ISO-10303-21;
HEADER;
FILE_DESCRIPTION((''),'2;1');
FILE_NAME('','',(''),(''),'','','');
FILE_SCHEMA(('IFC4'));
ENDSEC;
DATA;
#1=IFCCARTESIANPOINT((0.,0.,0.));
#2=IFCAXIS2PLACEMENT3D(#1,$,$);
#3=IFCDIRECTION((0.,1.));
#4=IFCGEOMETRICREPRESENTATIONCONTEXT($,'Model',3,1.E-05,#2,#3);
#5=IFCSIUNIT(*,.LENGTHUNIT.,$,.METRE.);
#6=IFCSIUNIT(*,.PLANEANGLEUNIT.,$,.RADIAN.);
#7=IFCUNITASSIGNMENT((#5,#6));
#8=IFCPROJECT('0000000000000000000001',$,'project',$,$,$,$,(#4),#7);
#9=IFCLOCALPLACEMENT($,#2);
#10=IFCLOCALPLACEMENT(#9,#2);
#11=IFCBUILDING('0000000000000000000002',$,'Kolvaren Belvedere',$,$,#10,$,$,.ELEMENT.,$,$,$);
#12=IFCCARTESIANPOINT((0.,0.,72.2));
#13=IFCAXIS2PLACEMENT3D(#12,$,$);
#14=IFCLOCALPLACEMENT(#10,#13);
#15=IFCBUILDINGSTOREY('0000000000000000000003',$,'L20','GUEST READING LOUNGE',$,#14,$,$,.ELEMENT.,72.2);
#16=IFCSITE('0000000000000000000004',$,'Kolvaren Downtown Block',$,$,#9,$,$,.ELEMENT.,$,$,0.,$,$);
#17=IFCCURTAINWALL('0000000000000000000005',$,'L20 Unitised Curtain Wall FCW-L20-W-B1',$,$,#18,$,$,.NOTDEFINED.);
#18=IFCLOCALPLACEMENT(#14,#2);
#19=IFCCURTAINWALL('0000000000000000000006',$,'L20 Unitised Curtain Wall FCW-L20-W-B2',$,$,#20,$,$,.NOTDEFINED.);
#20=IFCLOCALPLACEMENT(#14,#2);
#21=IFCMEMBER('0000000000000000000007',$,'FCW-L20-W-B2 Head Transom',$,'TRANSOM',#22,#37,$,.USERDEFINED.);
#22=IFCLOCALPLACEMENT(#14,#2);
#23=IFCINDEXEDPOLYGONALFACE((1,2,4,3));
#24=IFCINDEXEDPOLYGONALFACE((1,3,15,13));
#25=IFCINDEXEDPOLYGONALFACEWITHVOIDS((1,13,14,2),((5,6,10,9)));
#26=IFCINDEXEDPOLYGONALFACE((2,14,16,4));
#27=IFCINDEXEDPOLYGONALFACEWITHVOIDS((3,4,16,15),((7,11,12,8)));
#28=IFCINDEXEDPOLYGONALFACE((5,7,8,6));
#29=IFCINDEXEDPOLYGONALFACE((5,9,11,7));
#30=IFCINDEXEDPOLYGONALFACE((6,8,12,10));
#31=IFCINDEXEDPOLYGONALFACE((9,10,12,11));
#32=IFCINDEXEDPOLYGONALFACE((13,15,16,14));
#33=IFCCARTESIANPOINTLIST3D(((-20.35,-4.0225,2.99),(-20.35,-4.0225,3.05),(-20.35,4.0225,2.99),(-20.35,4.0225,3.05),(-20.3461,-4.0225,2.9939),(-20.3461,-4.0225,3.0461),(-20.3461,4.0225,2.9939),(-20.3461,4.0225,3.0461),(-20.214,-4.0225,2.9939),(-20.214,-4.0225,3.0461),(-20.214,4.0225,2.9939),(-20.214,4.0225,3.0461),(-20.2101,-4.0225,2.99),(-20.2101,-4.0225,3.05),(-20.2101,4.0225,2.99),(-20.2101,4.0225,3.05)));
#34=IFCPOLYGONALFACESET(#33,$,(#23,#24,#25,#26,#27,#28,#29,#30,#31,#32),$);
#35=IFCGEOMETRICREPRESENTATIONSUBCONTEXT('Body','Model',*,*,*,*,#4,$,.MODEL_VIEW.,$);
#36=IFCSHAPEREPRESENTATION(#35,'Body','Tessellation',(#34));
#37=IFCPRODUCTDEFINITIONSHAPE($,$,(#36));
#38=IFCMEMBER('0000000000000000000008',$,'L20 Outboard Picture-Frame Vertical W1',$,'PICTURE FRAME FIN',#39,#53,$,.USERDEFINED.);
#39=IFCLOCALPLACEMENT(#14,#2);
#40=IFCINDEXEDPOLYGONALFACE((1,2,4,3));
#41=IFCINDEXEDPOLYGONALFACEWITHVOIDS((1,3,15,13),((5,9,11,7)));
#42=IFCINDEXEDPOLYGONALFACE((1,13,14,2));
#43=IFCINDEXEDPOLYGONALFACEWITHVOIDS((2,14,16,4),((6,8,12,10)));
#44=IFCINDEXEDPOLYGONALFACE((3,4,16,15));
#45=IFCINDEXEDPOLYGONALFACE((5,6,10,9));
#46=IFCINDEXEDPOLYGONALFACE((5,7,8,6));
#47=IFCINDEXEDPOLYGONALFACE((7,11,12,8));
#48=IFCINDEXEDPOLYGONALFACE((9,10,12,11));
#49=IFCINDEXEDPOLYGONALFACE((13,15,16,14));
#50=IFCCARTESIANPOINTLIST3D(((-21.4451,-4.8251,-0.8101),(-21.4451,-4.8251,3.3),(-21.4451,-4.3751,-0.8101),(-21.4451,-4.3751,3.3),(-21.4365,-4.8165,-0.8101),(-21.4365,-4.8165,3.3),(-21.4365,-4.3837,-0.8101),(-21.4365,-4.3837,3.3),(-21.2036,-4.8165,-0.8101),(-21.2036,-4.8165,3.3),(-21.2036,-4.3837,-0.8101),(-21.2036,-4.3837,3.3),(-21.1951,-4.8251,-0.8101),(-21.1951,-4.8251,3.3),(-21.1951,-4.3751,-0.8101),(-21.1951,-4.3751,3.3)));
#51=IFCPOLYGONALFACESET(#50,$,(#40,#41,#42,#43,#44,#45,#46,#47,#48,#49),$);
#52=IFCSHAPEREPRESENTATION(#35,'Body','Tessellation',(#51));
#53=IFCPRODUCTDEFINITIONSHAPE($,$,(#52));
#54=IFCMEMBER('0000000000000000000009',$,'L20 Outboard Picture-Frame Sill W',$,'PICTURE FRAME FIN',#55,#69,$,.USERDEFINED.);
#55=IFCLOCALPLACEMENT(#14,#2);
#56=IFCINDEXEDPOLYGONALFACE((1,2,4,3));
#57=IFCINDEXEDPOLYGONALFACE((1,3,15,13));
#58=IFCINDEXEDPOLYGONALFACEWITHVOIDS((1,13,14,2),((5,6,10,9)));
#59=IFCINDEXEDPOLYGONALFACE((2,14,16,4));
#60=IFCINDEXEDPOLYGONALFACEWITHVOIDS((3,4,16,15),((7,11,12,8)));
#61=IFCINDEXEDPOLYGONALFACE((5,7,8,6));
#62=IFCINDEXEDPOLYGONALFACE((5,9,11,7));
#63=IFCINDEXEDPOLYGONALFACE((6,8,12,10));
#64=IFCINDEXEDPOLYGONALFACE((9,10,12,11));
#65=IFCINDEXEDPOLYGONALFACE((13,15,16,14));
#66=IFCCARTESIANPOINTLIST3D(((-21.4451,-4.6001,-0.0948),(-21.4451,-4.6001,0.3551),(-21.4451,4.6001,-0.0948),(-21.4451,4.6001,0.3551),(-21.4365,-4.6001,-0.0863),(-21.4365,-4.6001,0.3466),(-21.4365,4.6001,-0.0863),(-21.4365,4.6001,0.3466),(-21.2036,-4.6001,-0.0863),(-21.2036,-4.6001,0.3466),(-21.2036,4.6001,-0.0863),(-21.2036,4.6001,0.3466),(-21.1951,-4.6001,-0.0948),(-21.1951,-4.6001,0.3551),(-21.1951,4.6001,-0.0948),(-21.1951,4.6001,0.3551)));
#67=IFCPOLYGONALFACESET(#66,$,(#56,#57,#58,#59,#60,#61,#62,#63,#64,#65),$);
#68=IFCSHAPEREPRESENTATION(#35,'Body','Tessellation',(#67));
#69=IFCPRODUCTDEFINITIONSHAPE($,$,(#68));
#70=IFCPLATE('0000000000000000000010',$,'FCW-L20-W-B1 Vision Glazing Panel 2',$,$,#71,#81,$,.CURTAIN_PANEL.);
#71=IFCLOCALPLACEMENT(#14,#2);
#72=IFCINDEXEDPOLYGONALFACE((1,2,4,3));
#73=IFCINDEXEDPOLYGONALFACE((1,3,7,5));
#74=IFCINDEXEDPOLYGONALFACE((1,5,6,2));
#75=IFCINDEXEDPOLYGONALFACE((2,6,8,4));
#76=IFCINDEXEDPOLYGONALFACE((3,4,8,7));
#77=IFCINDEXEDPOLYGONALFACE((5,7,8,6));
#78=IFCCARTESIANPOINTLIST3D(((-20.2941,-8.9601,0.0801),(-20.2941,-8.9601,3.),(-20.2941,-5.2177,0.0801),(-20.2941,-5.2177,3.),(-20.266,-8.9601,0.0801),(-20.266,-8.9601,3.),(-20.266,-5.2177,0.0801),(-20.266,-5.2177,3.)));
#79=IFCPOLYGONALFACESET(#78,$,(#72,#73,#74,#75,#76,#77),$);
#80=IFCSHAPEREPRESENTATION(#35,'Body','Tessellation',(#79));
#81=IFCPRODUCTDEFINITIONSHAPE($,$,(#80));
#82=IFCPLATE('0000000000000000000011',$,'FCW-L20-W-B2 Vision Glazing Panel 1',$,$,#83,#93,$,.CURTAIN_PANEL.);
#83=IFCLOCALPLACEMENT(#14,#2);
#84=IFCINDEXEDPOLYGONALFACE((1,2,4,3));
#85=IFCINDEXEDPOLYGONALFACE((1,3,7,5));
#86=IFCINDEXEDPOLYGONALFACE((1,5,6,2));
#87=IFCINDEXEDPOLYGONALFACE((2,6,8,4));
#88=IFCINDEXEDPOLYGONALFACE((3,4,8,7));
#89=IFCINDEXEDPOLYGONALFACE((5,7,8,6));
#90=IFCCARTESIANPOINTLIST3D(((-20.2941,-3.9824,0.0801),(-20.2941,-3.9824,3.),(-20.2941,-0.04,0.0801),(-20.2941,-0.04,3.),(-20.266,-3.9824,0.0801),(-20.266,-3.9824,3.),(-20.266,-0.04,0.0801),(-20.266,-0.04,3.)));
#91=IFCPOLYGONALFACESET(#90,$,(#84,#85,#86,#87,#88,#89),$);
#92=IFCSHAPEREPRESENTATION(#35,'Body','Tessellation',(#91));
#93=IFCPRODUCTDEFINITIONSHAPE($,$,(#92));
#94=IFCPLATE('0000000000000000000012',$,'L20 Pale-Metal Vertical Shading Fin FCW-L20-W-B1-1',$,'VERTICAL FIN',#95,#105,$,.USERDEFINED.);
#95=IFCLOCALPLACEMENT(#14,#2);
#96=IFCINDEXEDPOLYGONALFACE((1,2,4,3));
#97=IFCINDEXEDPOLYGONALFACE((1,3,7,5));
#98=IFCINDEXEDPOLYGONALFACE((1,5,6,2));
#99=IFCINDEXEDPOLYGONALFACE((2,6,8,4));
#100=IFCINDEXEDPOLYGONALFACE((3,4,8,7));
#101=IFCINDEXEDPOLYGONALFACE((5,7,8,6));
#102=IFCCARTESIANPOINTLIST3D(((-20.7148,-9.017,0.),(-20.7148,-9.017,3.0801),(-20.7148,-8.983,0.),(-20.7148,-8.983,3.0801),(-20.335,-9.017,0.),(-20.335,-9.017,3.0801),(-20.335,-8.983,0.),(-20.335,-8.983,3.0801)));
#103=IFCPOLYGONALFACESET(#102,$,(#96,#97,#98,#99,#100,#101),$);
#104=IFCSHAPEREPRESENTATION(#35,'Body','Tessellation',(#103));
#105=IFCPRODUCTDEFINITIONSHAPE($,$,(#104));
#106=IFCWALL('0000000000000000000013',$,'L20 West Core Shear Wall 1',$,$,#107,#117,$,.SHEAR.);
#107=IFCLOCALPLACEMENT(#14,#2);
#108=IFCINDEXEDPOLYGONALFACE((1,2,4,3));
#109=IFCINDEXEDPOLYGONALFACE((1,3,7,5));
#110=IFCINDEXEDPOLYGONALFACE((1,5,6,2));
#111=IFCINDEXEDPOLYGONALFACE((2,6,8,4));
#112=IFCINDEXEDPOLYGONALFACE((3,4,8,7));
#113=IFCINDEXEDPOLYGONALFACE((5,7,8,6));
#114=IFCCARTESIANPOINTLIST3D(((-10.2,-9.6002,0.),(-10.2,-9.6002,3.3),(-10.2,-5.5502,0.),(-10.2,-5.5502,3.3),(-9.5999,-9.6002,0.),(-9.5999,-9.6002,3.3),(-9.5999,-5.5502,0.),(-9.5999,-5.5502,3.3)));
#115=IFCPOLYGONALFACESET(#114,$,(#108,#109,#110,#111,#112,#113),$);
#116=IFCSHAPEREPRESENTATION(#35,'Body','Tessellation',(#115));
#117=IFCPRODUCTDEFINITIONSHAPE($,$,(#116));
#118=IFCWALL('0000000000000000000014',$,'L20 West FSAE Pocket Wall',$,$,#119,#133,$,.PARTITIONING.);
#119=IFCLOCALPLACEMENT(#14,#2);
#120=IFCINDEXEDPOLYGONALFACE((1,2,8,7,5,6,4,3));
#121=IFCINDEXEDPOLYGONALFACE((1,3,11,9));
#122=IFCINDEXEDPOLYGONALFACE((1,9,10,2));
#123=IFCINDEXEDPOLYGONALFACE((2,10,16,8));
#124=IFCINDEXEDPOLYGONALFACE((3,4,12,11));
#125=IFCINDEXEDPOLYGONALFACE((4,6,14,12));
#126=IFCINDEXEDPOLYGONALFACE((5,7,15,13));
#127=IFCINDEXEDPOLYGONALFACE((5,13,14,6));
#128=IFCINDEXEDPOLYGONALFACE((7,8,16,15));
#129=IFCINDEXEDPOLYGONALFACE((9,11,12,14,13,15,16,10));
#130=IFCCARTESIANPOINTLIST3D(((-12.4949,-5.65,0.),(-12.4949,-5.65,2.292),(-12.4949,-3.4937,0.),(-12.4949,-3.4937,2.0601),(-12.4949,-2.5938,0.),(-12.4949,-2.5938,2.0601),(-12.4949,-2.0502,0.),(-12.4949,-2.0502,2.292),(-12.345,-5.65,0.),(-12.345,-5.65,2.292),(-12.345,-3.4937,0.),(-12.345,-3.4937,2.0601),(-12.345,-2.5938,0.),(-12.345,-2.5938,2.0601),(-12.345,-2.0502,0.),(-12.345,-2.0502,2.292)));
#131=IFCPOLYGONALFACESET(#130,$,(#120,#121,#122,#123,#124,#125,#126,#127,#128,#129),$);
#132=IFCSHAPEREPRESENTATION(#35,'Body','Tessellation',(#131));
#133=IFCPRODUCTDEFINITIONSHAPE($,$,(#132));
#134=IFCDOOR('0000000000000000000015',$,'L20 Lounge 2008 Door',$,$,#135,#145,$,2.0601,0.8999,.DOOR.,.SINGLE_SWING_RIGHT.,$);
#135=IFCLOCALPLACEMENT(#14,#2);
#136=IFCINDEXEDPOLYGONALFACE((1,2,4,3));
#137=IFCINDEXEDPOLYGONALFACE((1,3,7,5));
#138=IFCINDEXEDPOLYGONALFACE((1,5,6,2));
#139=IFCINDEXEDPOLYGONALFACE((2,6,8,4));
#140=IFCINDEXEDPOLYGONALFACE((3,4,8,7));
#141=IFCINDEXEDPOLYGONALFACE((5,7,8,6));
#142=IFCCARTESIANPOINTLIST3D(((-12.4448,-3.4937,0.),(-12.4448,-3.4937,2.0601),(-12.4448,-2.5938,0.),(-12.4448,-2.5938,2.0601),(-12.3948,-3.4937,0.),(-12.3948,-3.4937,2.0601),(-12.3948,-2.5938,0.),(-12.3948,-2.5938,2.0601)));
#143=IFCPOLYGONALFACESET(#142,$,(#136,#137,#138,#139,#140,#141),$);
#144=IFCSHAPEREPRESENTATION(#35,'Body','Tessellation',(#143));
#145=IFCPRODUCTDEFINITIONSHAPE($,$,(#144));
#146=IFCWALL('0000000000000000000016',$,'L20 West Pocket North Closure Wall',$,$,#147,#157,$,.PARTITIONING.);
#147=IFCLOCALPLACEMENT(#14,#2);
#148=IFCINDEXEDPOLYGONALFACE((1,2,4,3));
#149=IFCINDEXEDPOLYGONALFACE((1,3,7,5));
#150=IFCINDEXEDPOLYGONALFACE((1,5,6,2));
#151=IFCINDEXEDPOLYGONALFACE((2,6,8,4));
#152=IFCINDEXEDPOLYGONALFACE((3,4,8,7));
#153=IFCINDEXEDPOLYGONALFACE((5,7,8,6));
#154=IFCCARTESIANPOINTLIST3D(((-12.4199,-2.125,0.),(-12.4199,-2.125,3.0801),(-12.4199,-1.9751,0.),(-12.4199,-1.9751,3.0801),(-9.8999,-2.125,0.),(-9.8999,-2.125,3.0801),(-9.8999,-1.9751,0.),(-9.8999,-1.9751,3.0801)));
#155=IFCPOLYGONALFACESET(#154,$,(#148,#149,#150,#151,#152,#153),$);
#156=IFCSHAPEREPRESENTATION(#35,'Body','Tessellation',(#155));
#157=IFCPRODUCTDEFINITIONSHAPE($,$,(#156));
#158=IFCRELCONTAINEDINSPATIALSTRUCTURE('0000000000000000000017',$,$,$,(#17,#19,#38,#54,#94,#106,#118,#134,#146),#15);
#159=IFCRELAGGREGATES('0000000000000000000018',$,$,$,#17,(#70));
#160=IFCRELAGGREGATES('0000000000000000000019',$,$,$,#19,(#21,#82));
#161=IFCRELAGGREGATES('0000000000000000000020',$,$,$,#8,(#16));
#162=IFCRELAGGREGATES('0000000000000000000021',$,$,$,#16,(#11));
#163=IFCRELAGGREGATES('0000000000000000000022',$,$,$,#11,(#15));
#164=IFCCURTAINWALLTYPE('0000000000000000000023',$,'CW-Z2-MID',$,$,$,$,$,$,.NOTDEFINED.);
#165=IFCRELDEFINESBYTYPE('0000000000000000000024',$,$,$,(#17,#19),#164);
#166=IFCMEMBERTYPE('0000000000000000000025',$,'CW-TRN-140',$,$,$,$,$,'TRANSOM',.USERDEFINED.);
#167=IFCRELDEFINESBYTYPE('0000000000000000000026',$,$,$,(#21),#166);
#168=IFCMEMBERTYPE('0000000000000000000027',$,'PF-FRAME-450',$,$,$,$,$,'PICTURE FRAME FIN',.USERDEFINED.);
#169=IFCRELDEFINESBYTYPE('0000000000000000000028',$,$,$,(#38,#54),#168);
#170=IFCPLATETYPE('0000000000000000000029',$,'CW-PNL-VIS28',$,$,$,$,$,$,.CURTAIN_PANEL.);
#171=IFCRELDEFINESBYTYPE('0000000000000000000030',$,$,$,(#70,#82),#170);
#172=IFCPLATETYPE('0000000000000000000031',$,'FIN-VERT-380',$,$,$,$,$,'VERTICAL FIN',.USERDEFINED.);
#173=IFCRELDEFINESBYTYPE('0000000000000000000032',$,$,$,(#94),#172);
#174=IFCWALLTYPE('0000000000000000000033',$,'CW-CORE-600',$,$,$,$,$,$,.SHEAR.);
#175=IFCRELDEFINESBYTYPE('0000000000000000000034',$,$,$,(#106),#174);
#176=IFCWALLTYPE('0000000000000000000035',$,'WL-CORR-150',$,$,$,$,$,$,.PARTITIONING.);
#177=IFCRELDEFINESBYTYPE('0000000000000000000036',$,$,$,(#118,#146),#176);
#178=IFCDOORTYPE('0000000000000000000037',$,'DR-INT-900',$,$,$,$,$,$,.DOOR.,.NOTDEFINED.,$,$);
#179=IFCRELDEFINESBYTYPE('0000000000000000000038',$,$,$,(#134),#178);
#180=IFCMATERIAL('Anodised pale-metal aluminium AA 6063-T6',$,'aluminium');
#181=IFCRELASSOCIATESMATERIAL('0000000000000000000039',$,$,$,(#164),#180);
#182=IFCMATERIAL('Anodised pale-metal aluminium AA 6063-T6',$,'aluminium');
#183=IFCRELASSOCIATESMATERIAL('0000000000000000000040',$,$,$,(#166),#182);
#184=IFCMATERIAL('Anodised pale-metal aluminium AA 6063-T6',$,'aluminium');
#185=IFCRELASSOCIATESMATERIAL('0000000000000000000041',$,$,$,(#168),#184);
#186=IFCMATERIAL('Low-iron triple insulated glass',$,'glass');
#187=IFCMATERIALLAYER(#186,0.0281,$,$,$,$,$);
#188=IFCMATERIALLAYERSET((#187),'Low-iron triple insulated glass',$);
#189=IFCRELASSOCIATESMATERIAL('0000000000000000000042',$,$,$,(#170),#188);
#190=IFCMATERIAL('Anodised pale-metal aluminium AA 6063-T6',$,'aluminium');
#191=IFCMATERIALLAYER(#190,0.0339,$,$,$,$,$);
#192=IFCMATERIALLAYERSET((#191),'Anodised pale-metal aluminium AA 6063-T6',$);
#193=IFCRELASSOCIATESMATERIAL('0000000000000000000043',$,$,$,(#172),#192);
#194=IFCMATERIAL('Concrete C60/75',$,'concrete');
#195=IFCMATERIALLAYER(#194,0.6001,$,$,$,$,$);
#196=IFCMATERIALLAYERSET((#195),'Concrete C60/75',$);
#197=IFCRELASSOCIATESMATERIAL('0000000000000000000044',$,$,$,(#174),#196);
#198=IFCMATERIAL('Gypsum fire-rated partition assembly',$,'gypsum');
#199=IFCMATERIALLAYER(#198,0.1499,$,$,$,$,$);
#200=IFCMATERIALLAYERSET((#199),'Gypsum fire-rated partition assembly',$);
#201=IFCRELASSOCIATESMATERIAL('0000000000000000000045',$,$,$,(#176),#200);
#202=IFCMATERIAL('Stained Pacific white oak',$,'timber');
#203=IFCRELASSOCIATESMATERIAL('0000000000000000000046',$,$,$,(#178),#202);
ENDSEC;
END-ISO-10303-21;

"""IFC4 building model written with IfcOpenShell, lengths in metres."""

from ifc_helpers import new_model, si_unit, direction, frame, frame_2d, origin, origin_2d, place, context, subcontext, project, spatial, rectangle, hollow_rectangle, extrude, material, layer, layer_set, material_profile, profile_set, type_object, element, fill, aggregate, save


model = new_model("IFC4")

# Units and contexts
model_context = context("Model", 3, precision=1e-05, world=origin(), true_north=direction((0.0, 1.0)))
body_context = subcontext(model_context, "Body", "Model", "MODEL_VIEW")
ifc_project = project(units=[si_unit("LENGTHUNIT", "METRE"), si_unit("PLANEANGLEUNIT", "RADIAN")], contexts=[model_context])

# Site, building, storey
site_placement = place(None, origin())
site = spatial("IfcSite", under=ifc_project, at=site_placement, Name="Kolvaren Downtown Block", CompositionType="ELEMENT", RefElevation=0.0)
building_placement = place(site_placement, origin())
building = spatial("IfcBuilding", under=site, at=building_placement, Name="Kolvaren Belvedere", CompositionType="ELEMENT")
storey_placement = place(building_placement, frame((0.0, 0.0, 72.2)))
storey = spatial("IfcBuildingStorey", under=building, at=storey_placement, Name="L20", Description="GUEST READING LOUNGE", CompositionType="ELEMENT", Elevation=72.2)

# Curtain walls, member
ifc_material_1 = material(Name="Anodised pale-metal aluminium AA 6063-T6", Category="aluminium")
curtain_wall_type = type_object("IfcCurtainWallType", Name="CW-Z2-MID", PredefinedType="NOTDEFINED", material=ifc_material_1)
curtain_wall_1_placement = place(storey_placement, origin())
curtain_wall_1 = element("IfcCurtainWall", 1, at=curtain_wall_1_placement, inside=storey, type_object=curtain_wall_type, Name="L20 Unitised Curtain Wall FCW-L20-W-B1", PredefinedType="NOTDEFINED")
curtain_wall_2_placement = place(storey_placement, origin())
curtain_wall_2 = element("IfcCurtainWall", 2, at=curtain_wall_2_placement, inside=storey, type_object=curtain_wall_type, Name="L20 Unitised Curtain Wall FCW-L20-W-B2", PredefinedType="NOTDEFINED")
ifc_material_2 = material(Name="Anodised pale-metal aluminium AA 6063-T6", Category="aluminium")
ifc_material_profile_1 = material_profile(ifc_material_2, hollow_rectangle(XDim=0.0601, YDim=0.1399, WallThickness=0.0039, at=origin_2d()), Name="ALU-TRN-140X60")
ifc_profile_set_1 = profile_set([ifc_material_profile_1], Name="Anodised pale-metal aluminium AA 6063-T6")
member_type_1 = type_object("IfcMemberType", Name="CW-TRN-140", ElementType="TRANSOM", PredefinedType="USERDEFINED", material=ifc_profile_set_1)
member_1_placement = place(storey_placement, frame((-20.28, -4.0225, 3.02), z_axis=(0.0, 1.0, 0.0), x_axis=(0.0, 0.0, 1.0)))
member_1 = element("IfcMember", 3, at=member_1_placement, type_object=member_type_1, Name="FCW-L20-W-B2 Head Transom", ObjectType="TRANSOM", PredefinedType="USERDEFINED", context=body_context, shape_type="SweptSolid", body=[
    extrude(hollow_rectangle(XDim=0.0601, YDim=0.1399, WallThickness=0.0039, at=origin_2d()), origin(), (0.0, 0.0, 1.0), 8.0449),
])

# Members
ifc_material_3 = material(Name="Anodised pale-metal aluminium AA 6063-T6", Category="aluminium")
ifc_material_profile_2 = material_profile(ifc_material_3, hollow_rectangle(XDim=0.25, YDim=0.45, WallThickness=0.0085, at=origin_2d()), Name="ALU-PF-450X250")
ifc_profile_set_2 = profile_set([ifc_material_profile_2], Name="Anodised pale-metal aluminium AA 6063-T6")
member_type_2 = type_object("IfcMemberType", Name="PF-FRAME-450", ElementType="PICTURE FRAME FIN", PredefinedType="USERDEFINED", material=ifc_profile_set_2)
member_2_placement = place(storey_placement, frame((-21.3201, -4.6001, -0.8101), z_axis=(0.0, 0.0, 1.0), x_axis=(1.0, 0.0, 0.0)))
element("IfcMember", 4, at=member_2_placement, inside=storey, type_object=member_type_2, Name="L20 Outboard Picture-Frame Vertical W1", ObjectType="PICTURE FRAME FIN", PredefinedType="USERDEFINED", context=body_context, shape_type="SweptSolid", body=[
    extrude(hollow_rectangle(XDim=0.25, YDim=0.45, WallThickness=0.0085, at=origin_2d()), origin(), (0.0, 0.0, 1.0), 4.1101),
])
member_3_placement = place(storey_placement, frame((-21.3201, -4.6001, 0.1301), z_axis=(0.0, 1.0, 0.0), x_axis=(-1.0, 0.0, 0.0)))
element("IfcMember", 5, at=member_3_placement, inside=storey, type_object=member_type_2, Name="L20 Outboard Picture-Frame Sill W", ObjectType="PICTURE FRAME FIN", PredefinedType="USERDEFINED", context=body_context, shape_type="SweptSolid", body=[
    extrude(hollow_rectangle(XDim=0.25, YDim=0.45, WallThickness=0.0085, at=origin_2d()), origin(), (0.0, 0.0, 1.0), 9.2002),
])

# Plates
ifc_material_4 = material(Name="Low-iron triple insulated glass", Category="glass")
ifc_layer_1 = layer(ifc_material_4, 0.0281)
ifc_layer_set_1 = layer_set([ifc_layer_1], Name="Low-iron triple insulated glass")
plate_type_1 = type_object("IfcPlateType", Name="CW-PNL-VIS28", PredefinedType="CURTAIN_PANEL", material=ifc_layer_set_1)
plate_1_placement = place(storey_placement, frame((-20.28, -7.0889, 0.0801), z_axis=(0.0, 0.0, 1.0), x_axis=(0.0, 1.0, 0.0)))
plate_1 = element("IfcPlate", 6, at=plate_1_placement, type_object=plate_type_1, Name="FCW-L20-W-B1 Vision Glazing Panel 2", PredefinedType="CURTAIN_PANEL", context=body_context, shape_type="SweptSolid", body=[
    extrude(rectangle(XDim=3.7424, YDim=0.0281, at=origin_2d()), origin(), (0.0, 0.0, 1.0), 2.9199),
])
aggregate(curtain_wall_1, [plate_1])
plate_2_placement = place(storey_placement, frame((-20.28, -2.0112, 0.0801), z_axis=(0.0, 0.0, 1.0), x_axis=(0.0, 1.0, 0.0)))
plate_2 = element("IfcPlate", 7, at=plate_2_placement, type_object=plate_type_1, Name="FCW-L20-W-B2 Vision Glazing Panel 1", PredefinedType="CURTAIN_PANEL", context=body_context, shape_type="SweptSolid", body=[
    extrude(rectangle(XDim=3.9424, YDim=0.0281, at=origin_2d()), origin(), (0.0, 0.0, 1.0), 2.9199),
])
aggregate(curtain_wall_2, [member_1, plate_2])
ifc_material_5 = material(Name="Anodised pale-metal aluminium AA 6063-T6", Category="aluminium")
ifc_layer_2 = layer(ifc_material_5, 0.0339)
ifc_layer_set_2 = layer_set([ifc_layer_2], Name="Anodised pale-metal aluminium AA 6063-T6")
plate_type_2 = type_object("IfcPlateType", Name="FIN-VERT-380", ElementType="VERTICAL FIN", PredefinedType="USERDEFINED", material=ifc_layer_set_2)
plate_3_placement = place(storey_placement, frame((-20.5249, -9.0, 0.0), z_axis=(0.0, 0.0, 1.0), x_axis=(1.0, 0.0, 0.0)))
element("IfcPlate", 8, at=plate_3_placement, inside=storey, type_object=plate_type_2, Name="L20 Pale-Metal Vertical Shading Fin FCW-L20-W-B1-1", ObjectType="VERTICAL FIN", PredefinedType="USERDEFINED", context=body_context, shape_type="SweptSolid", body=[
    extrude(rectangle(XDim=0.3799, YDim=0.0339, at=origin_2d()), origin(), (0.0, 0.0, 1.0), 3.0801),
])

# Wall
ifc_material_6 = material(Name="Concrete C60/75", Category="concrete")
ifc_layer_3 = layer(ifc_material_6, 0.6001)
ifc_layer_set_3 = layer_set([ifc_layer_3], Name="Concrete C60/75")
wall_type_1 = type_object("IfcWallType", Name="CW-CORE-600", PredefinedType="SHEAR", material=ifc_layer_set_3)
wall_1_placement = place(storey_placement, frame((-9.8999, -9.6001, 0.0), z_axis=(0.0, 0.0, 1.0), x_axis=(0.0, 1.0, 0.0)))
element("IfcWall", 9, at=wall_1_placement, inside=storey, type_object=wall_type_1, Name="L20 West Core Shear Wall 1", PredefinedType="SHEAR", context=body_context, shape_type="SweptSolid", body=[
    extrude(rectangle(XDim=4.05, YDim=0.6001, at=frame_2d((2.0249, 0.0))), origin(), (0.0, 0.0, 1.0), 3.3),
])

# Wall, opening, door
ifc_material_7 = material(Name="Gypsum fire-rated partition assembly", Category="gypsum")
ifc_layer_4 = layer(ifc_material_7, 0.1499)
ifc_layer_set_4 = layer_set([ifc_layer_4], Name="Gypsum fire-rated partition assembly")
wall_type_2 = type_object("IfcWallType", Name="WL-CORR-150", PredefinedType="PARTITIONING", material=ifc_layer_set_4)
wall_2_placement = place(storey_placement, frame((-12.4199, -5.6499, 0.0), z_axis=(0.0, 0.0, 1.0), x_axis=(0.0, 1.0, 0.0)))
wall_2 = element("IfcWall", 10, at=wall_2_placement, inside=storey, type_object=wall_type_2, Name="L20 West FSAE Pocket Wall", PredefinedType="PARTITIONING", context=body_context, shape_type="SweptSolid", body=[
    extrude(rectangle(XDim=3.5999, YDim=0.1499, at=frame_2d((1.7998, 0.0))), origin(), (0.0, 0.0, 1.0), 2.292),
])
opening_1_placement = place(wall_2_placement, frame((2.1562, 0.0, 0.0)))
opening_1 = element("IfcOpeningElement", 11, at=opening_1_placement, cuts=wall_2, PredefinedType="OPENING", context=body_context, shape_type="SweptSolid", body=[
    extrude(rectangle(XDim=0.8999, YDim=2.0601, at=frame_2d((0.45, 1.03))), frame((0.0, 0.085, 0.0), z_axis=(0.0, -1.0, 0.0), x_axis=(1.0, 0.0, 0.0)), (0.0, 0.0, 1.0), 0.1699),
])
ifc_material_8 = material(Name="Stained Pacific white oak", Category="timber")
door_type = type_object("IfcDoorType", Name="DR-INT-900", OperationType="NOTDEFINED", PredefinedType="DOOR", material=ifc_material_8)
door_1_placement = place(opening_1_placement, origin())
door_1 = element("IfcDoor", 12, at=door_1_placement, inside=storey, type_object=door_type, Name="L20 Lounge 2008 Door", OperationType="SINGLE_SWING_RIGHT", OverallHeight=2.0601, OverallWidth=0.8999, PredefinedType="DOOR", context=body_context, shape_type="SweptSolid", body=[
    extrude(rectangle(XDim=0.8999, YDim=2.0601, at=frame_2d((0.45, 1.03))), frame((0.0, 0.0249, 0.0), z_axis=(0.0, -1.0, 0.0), x_axis=(1.0, 0.0, 0.0)), (0.0, 0.0, 1.0), 0.05),
])
fill(opening_1, door_1)

# Wall
wall_3_placement = place(storey_placement, frame((-12.4199, -2.05, 0.0), z_axis=(0.0, 0.0, 1.0), x_axis=(1.0, 0.0, 0.0)))
element("IfcWall", 13, at=wall_3_placement, inside=storey, type_object=wall_type_2, Name="L20 West Pocket North Closure Wall", PredefinedType="PARTITIONING", context=body_context, shape_type="SweptSolid", body=[
    extrude(rectangle(XDim=2.52, YDim=0.1499, at=frame_2d((1.26, 0.0))), origin(), (0.0, 0.0, 1.0), 3.0801),
])

save(model, "model.ifc")
